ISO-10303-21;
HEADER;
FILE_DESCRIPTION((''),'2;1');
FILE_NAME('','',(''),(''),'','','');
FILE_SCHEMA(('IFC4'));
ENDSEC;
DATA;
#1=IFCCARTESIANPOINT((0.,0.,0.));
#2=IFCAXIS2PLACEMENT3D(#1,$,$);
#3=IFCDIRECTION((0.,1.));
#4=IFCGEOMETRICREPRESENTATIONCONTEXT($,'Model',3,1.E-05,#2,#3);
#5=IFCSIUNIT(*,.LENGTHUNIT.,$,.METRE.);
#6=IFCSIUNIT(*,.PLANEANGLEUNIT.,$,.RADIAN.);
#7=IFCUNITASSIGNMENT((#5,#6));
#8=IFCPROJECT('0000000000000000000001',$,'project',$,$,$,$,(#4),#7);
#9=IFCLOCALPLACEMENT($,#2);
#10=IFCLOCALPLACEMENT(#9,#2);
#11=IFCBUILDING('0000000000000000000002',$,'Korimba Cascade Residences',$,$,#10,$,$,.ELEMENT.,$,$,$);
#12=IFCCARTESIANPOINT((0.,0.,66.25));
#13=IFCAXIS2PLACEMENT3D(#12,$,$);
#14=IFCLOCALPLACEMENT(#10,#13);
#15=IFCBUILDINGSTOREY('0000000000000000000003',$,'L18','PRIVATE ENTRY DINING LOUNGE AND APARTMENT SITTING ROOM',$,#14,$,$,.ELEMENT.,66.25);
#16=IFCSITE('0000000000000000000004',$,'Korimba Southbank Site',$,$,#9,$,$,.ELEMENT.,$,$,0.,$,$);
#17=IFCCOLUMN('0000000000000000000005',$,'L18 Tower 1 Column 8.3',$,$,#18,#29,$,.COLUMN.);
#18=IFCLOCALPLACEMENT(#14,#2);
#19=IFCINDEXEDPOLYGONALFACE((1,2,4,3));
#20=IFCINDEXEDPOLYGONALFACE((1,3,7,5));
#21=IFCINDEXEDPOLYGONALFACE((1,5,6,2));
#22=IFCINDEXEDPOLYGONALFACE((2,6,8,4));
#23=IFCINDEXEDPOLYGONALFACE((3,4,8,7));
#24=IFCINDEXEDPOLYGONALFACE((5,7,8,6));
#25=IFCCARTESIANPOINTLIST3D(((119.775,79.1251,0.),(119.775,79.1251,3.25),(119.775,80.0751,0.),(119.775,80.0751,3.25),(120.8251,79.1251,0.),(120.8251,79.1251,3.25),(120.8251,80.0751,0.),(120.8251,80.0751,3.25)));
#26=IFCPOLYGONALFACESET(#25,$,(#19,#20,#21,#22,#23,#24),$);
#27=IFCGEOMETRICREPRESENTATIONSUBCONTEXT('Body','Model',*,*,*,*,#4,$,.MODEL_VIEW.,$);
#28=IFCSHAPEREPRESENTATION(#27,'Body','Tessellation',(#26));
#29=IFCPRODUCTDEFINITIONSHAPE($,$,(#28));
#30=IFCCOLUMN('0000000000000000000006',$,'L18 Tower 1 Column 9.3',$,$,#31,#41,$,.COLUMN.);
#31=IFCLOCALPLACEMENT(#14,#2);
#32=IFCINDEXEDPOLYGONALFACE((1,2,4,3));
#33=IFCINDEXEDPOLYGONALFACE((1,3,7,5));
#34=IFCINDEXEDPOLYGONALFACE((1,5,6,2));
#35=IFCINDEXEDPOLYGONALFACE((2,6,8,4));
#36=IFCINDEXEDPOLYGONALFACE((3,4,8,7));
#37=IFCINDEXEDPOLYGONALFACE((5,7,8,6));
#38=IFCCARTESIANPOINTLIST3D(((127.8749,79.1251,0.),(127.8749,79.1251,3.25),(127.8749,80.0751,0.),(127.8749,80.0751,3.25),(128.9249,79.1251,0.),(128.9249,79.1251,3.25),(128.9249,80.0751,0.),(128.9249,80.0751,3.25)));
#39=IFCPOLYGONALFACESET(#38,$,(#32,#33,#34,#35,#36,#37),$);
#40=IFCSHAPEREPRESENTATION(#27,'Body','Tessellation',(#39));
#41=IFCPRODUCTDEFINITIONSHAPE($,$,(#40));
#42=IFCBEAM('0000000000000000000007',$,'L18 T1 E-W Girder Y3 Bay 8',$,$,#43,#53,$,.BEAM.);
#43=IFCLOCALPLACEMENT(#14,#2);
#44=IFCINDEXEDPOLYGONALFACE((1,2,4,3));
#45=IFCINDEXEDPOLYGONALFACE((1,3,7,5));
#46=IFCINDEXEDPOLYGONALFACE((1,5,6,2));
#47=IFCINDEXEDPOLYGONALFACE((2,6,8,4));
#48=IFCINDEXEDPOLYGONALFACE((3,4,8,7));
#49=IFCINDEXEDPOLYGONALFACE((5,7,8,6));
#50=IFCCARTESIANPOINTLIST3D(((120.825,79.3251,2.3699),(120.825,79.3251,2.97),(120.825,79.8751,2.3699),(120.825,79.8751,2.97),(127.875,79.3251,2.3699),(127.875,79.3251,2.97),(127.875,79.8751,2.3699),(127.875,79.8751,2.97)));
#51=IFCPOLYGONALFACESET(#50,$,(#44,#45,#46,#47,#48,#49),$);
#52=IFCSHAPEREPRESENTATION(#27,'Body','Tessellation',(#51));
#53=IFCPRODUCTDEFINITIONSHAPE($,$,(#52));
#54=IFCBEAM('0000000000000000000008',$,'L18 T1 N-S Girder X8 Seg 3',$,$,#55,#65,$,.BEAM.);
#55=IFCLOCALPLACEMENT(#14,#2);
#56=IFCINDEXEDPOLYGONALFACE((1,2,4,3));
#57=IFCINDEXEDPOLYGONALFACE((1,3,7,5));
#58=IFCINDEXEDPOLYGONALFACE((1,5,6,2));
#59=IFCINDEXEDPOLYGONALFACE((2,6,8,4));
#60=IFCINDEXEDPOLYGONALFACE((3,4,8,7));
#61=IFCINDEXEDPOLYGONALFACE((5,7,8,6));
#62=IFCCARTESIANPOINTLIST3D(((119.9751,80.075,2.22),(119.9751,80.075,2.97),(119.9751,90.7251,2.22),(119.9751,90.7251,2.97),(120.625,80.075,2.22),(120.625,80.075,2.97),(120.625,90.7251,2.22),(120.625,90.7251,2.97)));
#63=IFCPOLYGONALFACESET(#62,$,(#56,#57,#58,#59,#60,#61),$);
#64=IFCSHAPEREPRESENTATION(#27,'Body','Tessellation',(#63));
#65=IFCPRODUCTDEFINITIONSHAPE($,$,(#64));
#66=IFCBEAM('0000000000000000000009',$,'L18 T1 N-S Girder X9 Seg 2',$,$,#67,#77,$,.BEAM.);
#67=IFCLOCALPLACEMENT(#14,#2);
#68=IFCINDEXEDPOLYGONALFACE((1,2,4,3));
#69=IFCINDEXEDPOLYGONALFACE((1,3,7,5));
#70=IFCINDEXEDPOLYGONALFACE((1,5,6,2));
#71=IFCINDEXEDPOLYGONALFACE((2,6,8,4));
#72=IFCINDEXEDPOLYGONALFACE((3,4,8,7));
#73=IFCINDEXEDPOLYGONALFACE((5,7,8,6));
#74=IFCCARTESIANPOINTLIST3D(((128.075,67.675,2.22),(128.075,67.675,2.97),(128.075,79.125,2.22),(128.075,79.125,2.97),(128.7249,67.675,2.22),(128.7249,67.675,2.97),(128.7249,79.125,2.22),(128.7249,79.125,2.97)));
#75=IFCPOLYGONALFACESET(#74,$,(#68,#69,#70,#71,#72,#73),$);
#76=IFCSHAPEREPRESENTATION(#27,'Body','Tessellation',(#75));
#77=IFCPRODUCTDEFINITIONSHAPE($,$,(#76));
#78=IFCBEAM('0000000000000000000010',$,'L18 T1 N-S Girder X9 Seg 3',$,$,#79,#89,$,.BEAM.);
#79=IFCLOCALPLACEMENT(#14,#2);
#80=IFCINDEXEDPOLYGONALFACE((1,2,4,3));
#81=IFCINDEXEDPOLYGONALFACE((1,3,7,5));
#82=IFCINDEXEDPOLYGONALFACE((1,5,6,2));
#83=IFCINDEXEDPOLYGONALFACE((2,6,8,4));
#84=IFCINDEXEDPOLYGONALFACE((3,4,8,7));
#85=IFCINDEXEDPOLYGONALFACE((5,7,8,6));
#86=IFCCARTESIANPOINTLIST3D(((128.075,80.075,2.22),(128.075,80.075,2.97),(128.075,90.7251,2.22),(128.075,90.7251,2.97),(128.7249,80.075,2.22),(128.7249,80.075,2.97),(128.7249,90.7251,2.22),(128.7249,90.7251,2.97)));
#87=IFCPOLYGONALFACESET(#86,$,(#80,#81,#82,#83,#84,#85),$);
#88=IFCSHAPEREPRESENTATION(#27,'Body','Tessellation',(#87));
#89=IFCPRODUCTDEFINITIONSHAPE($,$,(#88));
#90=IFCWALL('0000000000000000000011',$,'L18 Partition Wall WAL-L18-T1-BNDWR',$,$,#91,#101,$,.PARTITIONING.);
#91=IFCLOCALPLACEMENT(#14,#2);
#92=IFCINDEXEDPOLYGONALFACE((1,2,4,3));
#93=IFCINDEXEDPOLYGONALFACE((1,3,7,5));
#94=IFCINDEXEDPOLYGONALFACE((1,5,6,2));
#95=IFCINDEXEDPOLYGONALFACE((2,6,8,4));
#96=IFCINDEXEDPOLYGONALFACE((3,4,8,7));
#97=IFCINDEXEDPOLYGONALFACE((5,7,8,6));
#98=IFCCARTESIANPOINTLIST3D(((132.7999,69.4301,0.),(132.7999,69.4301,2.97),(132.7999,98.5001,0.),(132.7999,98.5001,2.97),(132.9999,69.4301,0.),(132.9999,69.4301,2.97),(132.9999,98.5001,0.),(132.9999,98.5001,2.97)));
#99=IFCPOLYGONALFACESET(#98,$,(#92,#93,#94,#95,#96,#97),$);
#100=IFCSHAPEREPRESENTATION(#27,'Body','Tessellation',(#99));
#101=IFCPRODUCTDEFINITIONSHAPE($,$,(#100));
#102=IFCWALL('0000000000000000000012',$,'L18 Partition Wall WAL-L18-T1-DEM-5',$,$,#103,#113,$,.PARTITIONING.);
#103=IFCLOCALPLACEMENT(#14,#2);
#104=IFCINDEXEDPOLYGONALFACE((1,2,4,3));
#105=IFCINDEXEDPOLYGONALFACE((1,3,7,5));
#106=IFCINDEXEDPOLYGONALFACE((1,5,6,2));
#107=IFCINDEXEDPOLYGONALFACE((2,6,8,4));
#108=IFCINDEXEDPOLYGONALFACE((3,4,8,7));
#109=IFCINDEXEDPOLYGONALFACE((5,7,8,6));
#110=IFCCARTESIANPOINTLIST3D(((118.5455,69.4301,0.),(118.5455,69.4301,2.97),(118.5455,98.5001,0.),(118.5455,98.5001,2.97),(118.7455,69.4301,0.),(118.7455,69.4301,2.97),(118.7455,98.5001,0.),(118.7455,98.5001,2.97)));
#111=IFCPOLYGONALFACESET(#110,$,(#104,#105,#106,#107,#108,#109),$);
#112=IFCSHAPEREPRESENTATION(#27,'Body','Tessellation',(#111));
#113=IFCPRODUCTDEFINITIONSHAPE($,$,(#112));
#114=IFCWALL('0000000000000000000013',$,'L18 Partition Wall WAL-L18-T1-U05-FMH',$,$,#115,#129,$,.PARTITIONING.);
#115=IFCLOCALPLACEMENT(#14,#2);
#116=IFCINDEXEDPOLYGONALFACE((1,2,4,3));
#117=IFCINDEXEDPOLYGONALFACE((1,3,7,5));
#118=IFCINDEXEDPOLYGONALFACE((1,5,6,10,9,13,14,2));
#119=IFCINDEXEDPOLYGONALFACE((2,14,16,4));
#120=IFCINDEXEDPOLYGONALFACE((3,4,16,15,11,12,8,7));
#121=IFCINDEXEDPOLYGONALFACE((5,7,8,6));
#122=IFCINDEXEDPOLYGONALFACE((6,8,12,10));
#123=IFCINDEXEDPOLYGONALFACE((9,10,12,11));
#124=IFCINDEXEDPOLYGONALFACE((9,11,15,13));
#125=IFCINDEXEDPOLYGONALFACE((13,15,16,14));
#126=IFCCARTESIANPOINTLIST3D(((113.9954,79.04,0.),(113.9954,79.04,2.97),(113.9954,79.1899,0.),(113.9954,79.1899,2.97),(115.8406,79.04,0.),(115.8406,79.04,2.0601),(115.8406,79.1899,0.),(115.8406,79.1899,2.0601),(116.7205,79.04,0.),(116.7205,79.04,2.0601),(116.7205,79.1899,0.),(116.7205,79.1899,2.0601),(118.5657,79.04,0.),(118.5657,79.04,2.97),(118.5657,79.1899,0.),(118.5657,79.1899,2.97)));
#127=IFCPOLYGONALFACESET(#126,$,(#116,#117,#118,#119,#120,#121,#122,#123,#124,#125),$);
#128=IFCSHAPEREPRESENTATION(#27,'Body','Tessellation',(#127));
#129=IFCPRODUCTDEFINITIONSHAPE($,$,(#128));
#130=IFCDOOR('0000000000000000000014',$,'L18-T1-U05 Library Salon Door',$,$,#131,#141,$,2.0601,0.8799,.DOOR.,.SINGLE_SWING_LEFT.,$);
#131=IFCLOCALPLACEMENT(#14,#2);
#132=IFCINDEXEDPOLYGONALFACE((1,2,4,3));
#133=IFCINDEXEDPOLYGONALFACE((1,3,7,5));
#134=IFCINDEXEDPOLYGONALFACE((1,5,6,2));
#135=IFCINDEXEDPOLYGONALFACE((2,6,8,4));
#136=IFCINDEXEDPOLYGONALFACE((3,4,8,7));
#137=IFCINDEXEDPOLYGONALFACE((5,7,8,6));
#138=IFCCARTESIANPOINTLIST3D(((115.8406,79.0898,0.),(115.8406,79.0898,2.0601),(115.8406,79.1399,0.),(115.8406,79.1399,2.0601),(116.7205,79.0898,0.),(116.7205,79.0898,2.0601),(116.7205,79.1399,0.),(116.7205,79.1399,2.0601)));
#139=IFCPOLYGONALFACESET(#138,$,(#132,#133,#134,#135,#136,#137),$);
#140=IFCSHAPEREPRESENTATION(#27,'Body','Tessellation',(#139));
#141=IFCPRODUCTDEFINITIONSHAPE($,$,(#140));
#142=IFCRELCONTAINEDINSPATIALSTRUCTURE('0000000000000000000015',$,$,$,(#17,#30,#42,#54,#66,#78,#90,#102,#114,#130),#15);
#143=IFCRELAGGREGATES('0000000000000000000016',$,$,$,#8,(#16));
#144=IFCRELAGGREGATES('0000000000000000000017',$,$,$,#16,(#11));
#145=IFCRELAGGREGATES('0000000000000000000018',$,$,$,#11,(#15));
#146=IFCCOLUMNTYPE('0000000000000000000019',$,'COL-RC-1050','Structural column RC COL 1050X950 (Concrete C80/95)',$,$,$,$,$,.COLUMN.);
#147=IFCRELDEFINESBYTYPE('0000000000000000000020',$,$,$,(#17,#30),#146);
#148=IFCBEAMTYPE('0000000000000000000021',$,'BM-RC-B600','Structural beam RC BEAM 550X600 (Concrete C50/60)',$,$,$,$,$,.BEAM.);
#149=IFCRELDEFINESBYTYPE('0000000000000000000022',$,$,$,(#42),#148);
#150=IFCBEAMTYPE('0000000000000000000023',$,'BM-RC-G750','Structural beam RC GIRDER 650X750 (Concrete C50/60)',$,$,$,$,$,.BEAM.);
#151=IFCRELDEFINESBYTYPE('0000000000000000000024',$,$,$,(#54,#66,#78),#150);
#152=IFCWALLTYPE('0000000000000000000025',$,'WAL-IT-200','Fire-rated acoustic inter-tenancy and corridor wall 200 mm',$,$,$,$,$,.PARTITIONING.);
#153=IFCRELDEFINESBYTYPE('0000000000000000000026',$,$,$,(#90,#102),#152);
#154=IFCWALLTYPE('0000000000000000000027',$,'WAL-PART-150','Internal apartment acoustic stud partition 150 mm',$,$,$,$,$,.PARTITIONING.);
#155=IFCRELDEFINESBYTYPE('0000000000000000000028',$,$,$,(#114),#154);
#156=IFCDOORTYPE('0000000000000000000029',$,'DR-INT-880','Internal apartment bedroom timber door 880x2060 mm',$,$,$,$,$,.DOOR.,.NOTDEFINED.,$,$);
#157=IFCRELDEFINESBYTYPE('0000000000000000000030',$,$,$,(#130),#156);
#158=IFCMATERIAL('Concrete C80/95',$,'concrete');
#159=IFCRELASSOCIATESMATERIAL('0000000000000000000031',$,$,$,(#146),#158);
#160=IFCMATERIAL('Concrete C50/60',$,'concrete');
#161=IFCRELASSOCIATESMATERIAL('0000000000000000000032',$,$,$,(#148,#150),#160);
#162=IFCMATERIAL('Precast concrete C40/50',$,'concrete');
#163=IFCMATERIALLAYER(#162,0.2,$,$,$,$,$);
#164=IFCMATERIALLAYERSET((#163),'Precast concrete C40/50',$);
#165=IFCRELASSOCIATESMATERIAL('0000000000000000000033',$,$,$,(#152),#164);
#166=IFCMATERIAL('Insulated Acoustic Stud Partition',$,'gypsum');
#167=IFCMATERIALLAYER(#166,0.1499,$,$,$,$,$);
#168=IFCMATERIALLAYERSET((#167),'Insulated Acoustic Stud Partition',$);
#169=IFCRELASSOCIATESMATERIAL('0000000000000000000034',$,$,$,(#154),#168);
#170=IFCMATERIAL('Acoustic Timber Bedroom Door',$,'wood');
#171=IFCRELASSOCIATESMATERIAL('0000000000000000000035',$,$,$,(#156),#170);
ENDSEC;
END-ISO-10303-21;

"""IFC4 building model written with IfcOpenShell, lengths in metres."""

from ifc_helpers import new_model, si_unit, direction, frame, frame_2d, origin, origin_2d, place, context, subcontext, project, spatial, rectangle, extrude, material, layer, layer_set, material_profile, profile_set, type_object, element, fill, save


model = new_model("IFC4")

# Units and contexts
model_context = context("Model", 3, precision=1e-05, world=origin(), true_north=direction((0.0, 1.0)))
body_context = subcontext(model_context, "Body", "Model", "MODEL_VIEW")
ifc_project = project(units=[si_unit("LENGTHUNIT", "METRE"), si_unit("PLANEANGLEUNIT", "RADIAN")], contexts=[model_context])

# Site, building, storey
site_placement = place(None, origin())
site = spatial("IfcSite", under=ifc_project, at=site_placement, Name="Korimba Southbank Site", CompositionType="ELEMENT", RefElevation=0.0)
building_placement = place(site_placement, origin())
building = spatial("IfcBuilding", under=site, at=building_placement, Name="Korimba Cascade Residences", CompositionType="ELEMENT")
storey_placement = place(building_placement, frame((0.0, 0.0, 66.25)))
storey = spatial("IfcBuildingStorey", under=building, at=storey_placement, Name="L18", Description="PRIVATE ENTRY DINING LOUNGE AND APARTMENT SITTING ROOM", CompositionType="ELEMENT", Elevation=66.25)

# Columns
ifc_material_1 = material(Name="Concrete C80/95", Category="concrete")
ifc_material_profile_1 = material_profile(ifc_material_1, rectangle(XDim=1.05, YDim=0.95, at=origin_2d()), Name="Concrete C80/95")
ifc_profile_set_1 = profile_set([ifc_material_profile_1], Name="Concrete C80/95")
column_type = type_object("IfcColumnType", Name="COL-RC-1050", Description="Structural column RC COL 1050X950 (Concrete C80/95)", PredefinedType="COLUMN", material=ifc_profile_set_1)
for number, where, z_axis, x_axis, name in (
    (1, (120.3, 79.6001, 0.0), (0.0, 0.0, 1.0), (1.0, 0.0, 0.0), "L18 Tower 1 Column 8.3"),
    (2, (128.3999, 79.6001, 0.0), (0.0, 0.0, 1.0), (1.0, 0.0, 0.0), "L18 Tower 1 Column 9.3"),
):
    element("IfcColumn", number, at=place(storey_placement, frame(where, z_axis=z_axis, x_axis=x_axis)), inside=storey, type_object=column_type, Name=name, PredefinedType="COLUMN", context=body_context, shape_type="SweptSolid", body=[
        extrude(rectangle(XDim=1.05, YDim=0.95, at=origin_2d()), origin(), (0.0, 0.0, 1.0), 3.25),
    ])

# Beams
ifc_material_2 = material(Name="Concrete C50/60", Category="concrete")
ifc_material_profile_2 = material_profile(ifc_material_2, rectangle(XDim=0.55, YDim=0.6001, at=origin_2d()), Name="Concrete C50/60")
ifc_profile_set_2 = profile_set([ifc_material_profile_2], Name="Concrete C50/60")
beam_type_1 = type_object("IfcBeamType", Name="BM-RC-B600", Description="Structural beam RC BEAM 550X600 (Concrete C50/60)", PredefinedType="BEAM", material=ifc_profile_set_2)
beam_1_placement = place(storey_placement, frame((120.825, 79.6001, 2.6699), z_axis=(1.0, 0.0, 0.0), x_axis=(0.0, 1.0, 0.0)))
element("IfcBeam", 3, at=beam_1_placement, inside=storey, type_object=beam_type_1, Name="L18 T1 E-W Girder Y3 Bay 8", PredefinedType="BEAM", context=body_context, shape_type="SweptSolid", body=[
    extrude(rectangle(XDim=0.55, YDim=0.6001, at=origin_2d()), origin(), (0.0, 0.0, 1.0), 7.05),
])
ifc_material_profile_3 = material_profile(ifc_material_2, rectangle(XDim=0.6499, YDim=0.75, at=origin_2d()), Name="Concrete C50/60")
ifc_profile_set_3 = profile_set([ifc_material_profile_3], Name="Concrete C50/60")
beam_type_2 = type_object("IfcBeamType", Name="BM-RC-G750", Description="Structural beam RC GIRDER 650X750 (Concrete C50/60)", PredefinedType="BEAM", material=ifc_profile_set_3)
beam_2_placement = place(storey_placement, frame((120.3, 80.075, 2.595), z_axis=(0.0, 1.0, 0.0), x_axis=(-1.0, 0.0, 0.0)))
element("IfcBeam", 4, at=beam_2_placement, inside=storey, type_object=beam_type_2, Name="L18 T1 N-S Girder X8 Seg 3", PredefinedType="BEAM", context=body_context, shape_type="SweptSolid", body=[
    extrude(rectangle(XDim=0.6499, YDim=0.75, at=origin_2d()), origin(), (0.0, 0.0, 1.0), 10.6501),
])
beam_3_placement = place(storey_placement, frame((128.3999, 67.675, 2.595), z_axis=(0.0, 1.0, 0.0), x_axis=(-1.0, 0.0, 0.0)))
element("IfcBeam", 5, at=beam_3_placement, inside=storey, type_object=beam_type_2, Name="L18 T1 N-S Girder X9 Seg 2", PredefinedType="BEAM", context=body_context, shape_type="SweptSolid", body=[
    extrude(rectangle(XDim=0.6499, YDim=0.75, at=origin_2d()), origin(), (0.0, 0.0, 1.0), 11.45),
])
beam_4_placement = place(storey_placement, frame((128.3999, 80.075, 2.595), z_axis=(0.0, 1.0, 0.0), x_axis=(-1.0, 0.0, 0.0)))
element("IfcBeam", 6, at=beam_4_placement, inside=storey, type_object=beam_type_2, Name="L18 T1 N-S Girder X9 Seg 3", PredefinedType="BEAM", context=body_context, shape_type="SweptSolid", body=[
    extrude(rectangle(XDim=0.6499, YDim=0.75, at=origin_2d()), origin(), (0.0, 0.0, 1.0), 10.6501),
])

# Walls
ifc_material_3 = material(Name="Precast concrete C40/50", Category="concrete")
ifc_layer_1 = layer(ifc_material_3, 0.2)
ifc_layer_set_1 = layer_set([ifc_layer_1], Name="Precast concrete C40/50")
wall_type_1 = type_object("IfcWallType", Name="WAL-IT-200", Description="Fire-rated acoustic inter-tenancy and corridor wall 200 mm", PredefinedType="PARTITIONING", material=ifc_layer_set_1)
for number, where, z_axis, x_axis, name in (
    (7, (132.8999, 69.4299, 0.0), (0.0, 0.0, 1.0), (0.0, 1.0, 0.0), "L18 Partition Wall WAL-L18-T1-BNDWR"),
    (8, (118.6455, 69.4299, 0.0), (0.0, 0.0, 1.0), (0.0, 1.0, 0.0), "L18 Partition Wall WAL-L18-T1-DEM-5"),
):
    element("IfcWall", number, at=place(storey_placement, frame(where, z_axis=z_axis, x_axis=x_axis)), inside=storey, type_object=wall_type_1, Name=name, PredefinedType="PARTITIONING", context=body_context, shape_type="SweptSolid", body=[
        extrude(rectangle(XDim=29.0701, YDim=0.2, at=frame_2d((14.5352, 0.0))), origin(), (0.0, 0.0, 1.0), 2.97),
    ])

# Wall, opening, door
ifc_material_4 = material(Name="Insulated Acoustic Stud Partition", Category="gypsum")
ifc_layer_2 = layer(ifc_material_4, 0.1499)
ifc_layer_set_2 = layer_set([ifc_layer_2], Name="Insulated Acoustic Stud Partition")
wall_type_2 = type_object("IfcWallType", Name="WAL-PART-150", Description="Internal apartment acoustic stud partition 150 mm", PredefinedType="PARTITIONING", material=ifc_layer_set_2)
wall_1_placement = place(storey_placement, frame((113.9954, 79.115, 0.0), z_axis=(0.0, 0.0, 1.0), x_axis=(1.0, 0.0, 0.0)))
wall_1 = element("IfcWall", 9, at=wall_1_placement, inside=storey, type_object=wall_type_2, Name="L18 Partition Wall WAL-L18-T1-U05-FMH", PredefinedType="PARTITIONING", context=body_context, shape_type="SweptSolid", body=[
    extrude(rectangle(XDim=4.5703, YDim=0.1499, at=frame_2d((2.2852, 0.0))), origin(), (0.0, 0.0, 1.0), 2.97),
])
opening_1_placement = place(wall_1_placement, frame((1.8452, 0.0, 0.0)))
opening_1 = element("IfcOpeningElement", 10, at=opening_1_placement, cuts=wall_1, PredefinedType="OPENING", context=body_context, shape_type="SweptSolid", body=[
    extrude(rectangle(XDim=0.8799, YDim=2.0601, at=frame_2d((0.4399, 1.03))), frame((0.0, 0.085, 0.0), z_axis=(0.0, -1.0, 0.0), x_axis=(1.0, 0.0, 0.0)), (0.0, 0.0, 1.0), 0.1699),
])
ifc_material_5 = material(Name="Acoustic Timber Bedroom Door", Category="wood")
door_type_1 = type_object("IfcDoorType", Name="DR-INT-880", Description="Internal apartment bedroom timber door 880x2060 mm", OperationType="NOTDEFINED", PredefinedType="DOOR", material=ifc_material_5)
door_1_placement = place(opening_1_placement, origin())
door_1 = element("IfcDoor", 11, at=door_1_placement, inside=storey, type_object=door_type_1, Name="L18-T1-U05 Library Salon Door", OperationType="SINGLE_SWING_LEFT", OverallHeight=2.0601, OverallWidth=0.8799, PredefinedType="DOOR", context=body_context, shape_type="SweptSolid", body=[
    extrude(rectangle(XDim=0.8799, YDim=2.0601, at=frame_2d((0.4399, 1.03))), frame((0.0, 0.0249, 0.0), z_axis=(0.0, -1.0, 0.0), x_axis=(1.0, 0.0, 0.0)), (0.0, 0.0, 1.0), 0.05),
])
fill(opening_1, door_1)

save(model, "model.ifc")
